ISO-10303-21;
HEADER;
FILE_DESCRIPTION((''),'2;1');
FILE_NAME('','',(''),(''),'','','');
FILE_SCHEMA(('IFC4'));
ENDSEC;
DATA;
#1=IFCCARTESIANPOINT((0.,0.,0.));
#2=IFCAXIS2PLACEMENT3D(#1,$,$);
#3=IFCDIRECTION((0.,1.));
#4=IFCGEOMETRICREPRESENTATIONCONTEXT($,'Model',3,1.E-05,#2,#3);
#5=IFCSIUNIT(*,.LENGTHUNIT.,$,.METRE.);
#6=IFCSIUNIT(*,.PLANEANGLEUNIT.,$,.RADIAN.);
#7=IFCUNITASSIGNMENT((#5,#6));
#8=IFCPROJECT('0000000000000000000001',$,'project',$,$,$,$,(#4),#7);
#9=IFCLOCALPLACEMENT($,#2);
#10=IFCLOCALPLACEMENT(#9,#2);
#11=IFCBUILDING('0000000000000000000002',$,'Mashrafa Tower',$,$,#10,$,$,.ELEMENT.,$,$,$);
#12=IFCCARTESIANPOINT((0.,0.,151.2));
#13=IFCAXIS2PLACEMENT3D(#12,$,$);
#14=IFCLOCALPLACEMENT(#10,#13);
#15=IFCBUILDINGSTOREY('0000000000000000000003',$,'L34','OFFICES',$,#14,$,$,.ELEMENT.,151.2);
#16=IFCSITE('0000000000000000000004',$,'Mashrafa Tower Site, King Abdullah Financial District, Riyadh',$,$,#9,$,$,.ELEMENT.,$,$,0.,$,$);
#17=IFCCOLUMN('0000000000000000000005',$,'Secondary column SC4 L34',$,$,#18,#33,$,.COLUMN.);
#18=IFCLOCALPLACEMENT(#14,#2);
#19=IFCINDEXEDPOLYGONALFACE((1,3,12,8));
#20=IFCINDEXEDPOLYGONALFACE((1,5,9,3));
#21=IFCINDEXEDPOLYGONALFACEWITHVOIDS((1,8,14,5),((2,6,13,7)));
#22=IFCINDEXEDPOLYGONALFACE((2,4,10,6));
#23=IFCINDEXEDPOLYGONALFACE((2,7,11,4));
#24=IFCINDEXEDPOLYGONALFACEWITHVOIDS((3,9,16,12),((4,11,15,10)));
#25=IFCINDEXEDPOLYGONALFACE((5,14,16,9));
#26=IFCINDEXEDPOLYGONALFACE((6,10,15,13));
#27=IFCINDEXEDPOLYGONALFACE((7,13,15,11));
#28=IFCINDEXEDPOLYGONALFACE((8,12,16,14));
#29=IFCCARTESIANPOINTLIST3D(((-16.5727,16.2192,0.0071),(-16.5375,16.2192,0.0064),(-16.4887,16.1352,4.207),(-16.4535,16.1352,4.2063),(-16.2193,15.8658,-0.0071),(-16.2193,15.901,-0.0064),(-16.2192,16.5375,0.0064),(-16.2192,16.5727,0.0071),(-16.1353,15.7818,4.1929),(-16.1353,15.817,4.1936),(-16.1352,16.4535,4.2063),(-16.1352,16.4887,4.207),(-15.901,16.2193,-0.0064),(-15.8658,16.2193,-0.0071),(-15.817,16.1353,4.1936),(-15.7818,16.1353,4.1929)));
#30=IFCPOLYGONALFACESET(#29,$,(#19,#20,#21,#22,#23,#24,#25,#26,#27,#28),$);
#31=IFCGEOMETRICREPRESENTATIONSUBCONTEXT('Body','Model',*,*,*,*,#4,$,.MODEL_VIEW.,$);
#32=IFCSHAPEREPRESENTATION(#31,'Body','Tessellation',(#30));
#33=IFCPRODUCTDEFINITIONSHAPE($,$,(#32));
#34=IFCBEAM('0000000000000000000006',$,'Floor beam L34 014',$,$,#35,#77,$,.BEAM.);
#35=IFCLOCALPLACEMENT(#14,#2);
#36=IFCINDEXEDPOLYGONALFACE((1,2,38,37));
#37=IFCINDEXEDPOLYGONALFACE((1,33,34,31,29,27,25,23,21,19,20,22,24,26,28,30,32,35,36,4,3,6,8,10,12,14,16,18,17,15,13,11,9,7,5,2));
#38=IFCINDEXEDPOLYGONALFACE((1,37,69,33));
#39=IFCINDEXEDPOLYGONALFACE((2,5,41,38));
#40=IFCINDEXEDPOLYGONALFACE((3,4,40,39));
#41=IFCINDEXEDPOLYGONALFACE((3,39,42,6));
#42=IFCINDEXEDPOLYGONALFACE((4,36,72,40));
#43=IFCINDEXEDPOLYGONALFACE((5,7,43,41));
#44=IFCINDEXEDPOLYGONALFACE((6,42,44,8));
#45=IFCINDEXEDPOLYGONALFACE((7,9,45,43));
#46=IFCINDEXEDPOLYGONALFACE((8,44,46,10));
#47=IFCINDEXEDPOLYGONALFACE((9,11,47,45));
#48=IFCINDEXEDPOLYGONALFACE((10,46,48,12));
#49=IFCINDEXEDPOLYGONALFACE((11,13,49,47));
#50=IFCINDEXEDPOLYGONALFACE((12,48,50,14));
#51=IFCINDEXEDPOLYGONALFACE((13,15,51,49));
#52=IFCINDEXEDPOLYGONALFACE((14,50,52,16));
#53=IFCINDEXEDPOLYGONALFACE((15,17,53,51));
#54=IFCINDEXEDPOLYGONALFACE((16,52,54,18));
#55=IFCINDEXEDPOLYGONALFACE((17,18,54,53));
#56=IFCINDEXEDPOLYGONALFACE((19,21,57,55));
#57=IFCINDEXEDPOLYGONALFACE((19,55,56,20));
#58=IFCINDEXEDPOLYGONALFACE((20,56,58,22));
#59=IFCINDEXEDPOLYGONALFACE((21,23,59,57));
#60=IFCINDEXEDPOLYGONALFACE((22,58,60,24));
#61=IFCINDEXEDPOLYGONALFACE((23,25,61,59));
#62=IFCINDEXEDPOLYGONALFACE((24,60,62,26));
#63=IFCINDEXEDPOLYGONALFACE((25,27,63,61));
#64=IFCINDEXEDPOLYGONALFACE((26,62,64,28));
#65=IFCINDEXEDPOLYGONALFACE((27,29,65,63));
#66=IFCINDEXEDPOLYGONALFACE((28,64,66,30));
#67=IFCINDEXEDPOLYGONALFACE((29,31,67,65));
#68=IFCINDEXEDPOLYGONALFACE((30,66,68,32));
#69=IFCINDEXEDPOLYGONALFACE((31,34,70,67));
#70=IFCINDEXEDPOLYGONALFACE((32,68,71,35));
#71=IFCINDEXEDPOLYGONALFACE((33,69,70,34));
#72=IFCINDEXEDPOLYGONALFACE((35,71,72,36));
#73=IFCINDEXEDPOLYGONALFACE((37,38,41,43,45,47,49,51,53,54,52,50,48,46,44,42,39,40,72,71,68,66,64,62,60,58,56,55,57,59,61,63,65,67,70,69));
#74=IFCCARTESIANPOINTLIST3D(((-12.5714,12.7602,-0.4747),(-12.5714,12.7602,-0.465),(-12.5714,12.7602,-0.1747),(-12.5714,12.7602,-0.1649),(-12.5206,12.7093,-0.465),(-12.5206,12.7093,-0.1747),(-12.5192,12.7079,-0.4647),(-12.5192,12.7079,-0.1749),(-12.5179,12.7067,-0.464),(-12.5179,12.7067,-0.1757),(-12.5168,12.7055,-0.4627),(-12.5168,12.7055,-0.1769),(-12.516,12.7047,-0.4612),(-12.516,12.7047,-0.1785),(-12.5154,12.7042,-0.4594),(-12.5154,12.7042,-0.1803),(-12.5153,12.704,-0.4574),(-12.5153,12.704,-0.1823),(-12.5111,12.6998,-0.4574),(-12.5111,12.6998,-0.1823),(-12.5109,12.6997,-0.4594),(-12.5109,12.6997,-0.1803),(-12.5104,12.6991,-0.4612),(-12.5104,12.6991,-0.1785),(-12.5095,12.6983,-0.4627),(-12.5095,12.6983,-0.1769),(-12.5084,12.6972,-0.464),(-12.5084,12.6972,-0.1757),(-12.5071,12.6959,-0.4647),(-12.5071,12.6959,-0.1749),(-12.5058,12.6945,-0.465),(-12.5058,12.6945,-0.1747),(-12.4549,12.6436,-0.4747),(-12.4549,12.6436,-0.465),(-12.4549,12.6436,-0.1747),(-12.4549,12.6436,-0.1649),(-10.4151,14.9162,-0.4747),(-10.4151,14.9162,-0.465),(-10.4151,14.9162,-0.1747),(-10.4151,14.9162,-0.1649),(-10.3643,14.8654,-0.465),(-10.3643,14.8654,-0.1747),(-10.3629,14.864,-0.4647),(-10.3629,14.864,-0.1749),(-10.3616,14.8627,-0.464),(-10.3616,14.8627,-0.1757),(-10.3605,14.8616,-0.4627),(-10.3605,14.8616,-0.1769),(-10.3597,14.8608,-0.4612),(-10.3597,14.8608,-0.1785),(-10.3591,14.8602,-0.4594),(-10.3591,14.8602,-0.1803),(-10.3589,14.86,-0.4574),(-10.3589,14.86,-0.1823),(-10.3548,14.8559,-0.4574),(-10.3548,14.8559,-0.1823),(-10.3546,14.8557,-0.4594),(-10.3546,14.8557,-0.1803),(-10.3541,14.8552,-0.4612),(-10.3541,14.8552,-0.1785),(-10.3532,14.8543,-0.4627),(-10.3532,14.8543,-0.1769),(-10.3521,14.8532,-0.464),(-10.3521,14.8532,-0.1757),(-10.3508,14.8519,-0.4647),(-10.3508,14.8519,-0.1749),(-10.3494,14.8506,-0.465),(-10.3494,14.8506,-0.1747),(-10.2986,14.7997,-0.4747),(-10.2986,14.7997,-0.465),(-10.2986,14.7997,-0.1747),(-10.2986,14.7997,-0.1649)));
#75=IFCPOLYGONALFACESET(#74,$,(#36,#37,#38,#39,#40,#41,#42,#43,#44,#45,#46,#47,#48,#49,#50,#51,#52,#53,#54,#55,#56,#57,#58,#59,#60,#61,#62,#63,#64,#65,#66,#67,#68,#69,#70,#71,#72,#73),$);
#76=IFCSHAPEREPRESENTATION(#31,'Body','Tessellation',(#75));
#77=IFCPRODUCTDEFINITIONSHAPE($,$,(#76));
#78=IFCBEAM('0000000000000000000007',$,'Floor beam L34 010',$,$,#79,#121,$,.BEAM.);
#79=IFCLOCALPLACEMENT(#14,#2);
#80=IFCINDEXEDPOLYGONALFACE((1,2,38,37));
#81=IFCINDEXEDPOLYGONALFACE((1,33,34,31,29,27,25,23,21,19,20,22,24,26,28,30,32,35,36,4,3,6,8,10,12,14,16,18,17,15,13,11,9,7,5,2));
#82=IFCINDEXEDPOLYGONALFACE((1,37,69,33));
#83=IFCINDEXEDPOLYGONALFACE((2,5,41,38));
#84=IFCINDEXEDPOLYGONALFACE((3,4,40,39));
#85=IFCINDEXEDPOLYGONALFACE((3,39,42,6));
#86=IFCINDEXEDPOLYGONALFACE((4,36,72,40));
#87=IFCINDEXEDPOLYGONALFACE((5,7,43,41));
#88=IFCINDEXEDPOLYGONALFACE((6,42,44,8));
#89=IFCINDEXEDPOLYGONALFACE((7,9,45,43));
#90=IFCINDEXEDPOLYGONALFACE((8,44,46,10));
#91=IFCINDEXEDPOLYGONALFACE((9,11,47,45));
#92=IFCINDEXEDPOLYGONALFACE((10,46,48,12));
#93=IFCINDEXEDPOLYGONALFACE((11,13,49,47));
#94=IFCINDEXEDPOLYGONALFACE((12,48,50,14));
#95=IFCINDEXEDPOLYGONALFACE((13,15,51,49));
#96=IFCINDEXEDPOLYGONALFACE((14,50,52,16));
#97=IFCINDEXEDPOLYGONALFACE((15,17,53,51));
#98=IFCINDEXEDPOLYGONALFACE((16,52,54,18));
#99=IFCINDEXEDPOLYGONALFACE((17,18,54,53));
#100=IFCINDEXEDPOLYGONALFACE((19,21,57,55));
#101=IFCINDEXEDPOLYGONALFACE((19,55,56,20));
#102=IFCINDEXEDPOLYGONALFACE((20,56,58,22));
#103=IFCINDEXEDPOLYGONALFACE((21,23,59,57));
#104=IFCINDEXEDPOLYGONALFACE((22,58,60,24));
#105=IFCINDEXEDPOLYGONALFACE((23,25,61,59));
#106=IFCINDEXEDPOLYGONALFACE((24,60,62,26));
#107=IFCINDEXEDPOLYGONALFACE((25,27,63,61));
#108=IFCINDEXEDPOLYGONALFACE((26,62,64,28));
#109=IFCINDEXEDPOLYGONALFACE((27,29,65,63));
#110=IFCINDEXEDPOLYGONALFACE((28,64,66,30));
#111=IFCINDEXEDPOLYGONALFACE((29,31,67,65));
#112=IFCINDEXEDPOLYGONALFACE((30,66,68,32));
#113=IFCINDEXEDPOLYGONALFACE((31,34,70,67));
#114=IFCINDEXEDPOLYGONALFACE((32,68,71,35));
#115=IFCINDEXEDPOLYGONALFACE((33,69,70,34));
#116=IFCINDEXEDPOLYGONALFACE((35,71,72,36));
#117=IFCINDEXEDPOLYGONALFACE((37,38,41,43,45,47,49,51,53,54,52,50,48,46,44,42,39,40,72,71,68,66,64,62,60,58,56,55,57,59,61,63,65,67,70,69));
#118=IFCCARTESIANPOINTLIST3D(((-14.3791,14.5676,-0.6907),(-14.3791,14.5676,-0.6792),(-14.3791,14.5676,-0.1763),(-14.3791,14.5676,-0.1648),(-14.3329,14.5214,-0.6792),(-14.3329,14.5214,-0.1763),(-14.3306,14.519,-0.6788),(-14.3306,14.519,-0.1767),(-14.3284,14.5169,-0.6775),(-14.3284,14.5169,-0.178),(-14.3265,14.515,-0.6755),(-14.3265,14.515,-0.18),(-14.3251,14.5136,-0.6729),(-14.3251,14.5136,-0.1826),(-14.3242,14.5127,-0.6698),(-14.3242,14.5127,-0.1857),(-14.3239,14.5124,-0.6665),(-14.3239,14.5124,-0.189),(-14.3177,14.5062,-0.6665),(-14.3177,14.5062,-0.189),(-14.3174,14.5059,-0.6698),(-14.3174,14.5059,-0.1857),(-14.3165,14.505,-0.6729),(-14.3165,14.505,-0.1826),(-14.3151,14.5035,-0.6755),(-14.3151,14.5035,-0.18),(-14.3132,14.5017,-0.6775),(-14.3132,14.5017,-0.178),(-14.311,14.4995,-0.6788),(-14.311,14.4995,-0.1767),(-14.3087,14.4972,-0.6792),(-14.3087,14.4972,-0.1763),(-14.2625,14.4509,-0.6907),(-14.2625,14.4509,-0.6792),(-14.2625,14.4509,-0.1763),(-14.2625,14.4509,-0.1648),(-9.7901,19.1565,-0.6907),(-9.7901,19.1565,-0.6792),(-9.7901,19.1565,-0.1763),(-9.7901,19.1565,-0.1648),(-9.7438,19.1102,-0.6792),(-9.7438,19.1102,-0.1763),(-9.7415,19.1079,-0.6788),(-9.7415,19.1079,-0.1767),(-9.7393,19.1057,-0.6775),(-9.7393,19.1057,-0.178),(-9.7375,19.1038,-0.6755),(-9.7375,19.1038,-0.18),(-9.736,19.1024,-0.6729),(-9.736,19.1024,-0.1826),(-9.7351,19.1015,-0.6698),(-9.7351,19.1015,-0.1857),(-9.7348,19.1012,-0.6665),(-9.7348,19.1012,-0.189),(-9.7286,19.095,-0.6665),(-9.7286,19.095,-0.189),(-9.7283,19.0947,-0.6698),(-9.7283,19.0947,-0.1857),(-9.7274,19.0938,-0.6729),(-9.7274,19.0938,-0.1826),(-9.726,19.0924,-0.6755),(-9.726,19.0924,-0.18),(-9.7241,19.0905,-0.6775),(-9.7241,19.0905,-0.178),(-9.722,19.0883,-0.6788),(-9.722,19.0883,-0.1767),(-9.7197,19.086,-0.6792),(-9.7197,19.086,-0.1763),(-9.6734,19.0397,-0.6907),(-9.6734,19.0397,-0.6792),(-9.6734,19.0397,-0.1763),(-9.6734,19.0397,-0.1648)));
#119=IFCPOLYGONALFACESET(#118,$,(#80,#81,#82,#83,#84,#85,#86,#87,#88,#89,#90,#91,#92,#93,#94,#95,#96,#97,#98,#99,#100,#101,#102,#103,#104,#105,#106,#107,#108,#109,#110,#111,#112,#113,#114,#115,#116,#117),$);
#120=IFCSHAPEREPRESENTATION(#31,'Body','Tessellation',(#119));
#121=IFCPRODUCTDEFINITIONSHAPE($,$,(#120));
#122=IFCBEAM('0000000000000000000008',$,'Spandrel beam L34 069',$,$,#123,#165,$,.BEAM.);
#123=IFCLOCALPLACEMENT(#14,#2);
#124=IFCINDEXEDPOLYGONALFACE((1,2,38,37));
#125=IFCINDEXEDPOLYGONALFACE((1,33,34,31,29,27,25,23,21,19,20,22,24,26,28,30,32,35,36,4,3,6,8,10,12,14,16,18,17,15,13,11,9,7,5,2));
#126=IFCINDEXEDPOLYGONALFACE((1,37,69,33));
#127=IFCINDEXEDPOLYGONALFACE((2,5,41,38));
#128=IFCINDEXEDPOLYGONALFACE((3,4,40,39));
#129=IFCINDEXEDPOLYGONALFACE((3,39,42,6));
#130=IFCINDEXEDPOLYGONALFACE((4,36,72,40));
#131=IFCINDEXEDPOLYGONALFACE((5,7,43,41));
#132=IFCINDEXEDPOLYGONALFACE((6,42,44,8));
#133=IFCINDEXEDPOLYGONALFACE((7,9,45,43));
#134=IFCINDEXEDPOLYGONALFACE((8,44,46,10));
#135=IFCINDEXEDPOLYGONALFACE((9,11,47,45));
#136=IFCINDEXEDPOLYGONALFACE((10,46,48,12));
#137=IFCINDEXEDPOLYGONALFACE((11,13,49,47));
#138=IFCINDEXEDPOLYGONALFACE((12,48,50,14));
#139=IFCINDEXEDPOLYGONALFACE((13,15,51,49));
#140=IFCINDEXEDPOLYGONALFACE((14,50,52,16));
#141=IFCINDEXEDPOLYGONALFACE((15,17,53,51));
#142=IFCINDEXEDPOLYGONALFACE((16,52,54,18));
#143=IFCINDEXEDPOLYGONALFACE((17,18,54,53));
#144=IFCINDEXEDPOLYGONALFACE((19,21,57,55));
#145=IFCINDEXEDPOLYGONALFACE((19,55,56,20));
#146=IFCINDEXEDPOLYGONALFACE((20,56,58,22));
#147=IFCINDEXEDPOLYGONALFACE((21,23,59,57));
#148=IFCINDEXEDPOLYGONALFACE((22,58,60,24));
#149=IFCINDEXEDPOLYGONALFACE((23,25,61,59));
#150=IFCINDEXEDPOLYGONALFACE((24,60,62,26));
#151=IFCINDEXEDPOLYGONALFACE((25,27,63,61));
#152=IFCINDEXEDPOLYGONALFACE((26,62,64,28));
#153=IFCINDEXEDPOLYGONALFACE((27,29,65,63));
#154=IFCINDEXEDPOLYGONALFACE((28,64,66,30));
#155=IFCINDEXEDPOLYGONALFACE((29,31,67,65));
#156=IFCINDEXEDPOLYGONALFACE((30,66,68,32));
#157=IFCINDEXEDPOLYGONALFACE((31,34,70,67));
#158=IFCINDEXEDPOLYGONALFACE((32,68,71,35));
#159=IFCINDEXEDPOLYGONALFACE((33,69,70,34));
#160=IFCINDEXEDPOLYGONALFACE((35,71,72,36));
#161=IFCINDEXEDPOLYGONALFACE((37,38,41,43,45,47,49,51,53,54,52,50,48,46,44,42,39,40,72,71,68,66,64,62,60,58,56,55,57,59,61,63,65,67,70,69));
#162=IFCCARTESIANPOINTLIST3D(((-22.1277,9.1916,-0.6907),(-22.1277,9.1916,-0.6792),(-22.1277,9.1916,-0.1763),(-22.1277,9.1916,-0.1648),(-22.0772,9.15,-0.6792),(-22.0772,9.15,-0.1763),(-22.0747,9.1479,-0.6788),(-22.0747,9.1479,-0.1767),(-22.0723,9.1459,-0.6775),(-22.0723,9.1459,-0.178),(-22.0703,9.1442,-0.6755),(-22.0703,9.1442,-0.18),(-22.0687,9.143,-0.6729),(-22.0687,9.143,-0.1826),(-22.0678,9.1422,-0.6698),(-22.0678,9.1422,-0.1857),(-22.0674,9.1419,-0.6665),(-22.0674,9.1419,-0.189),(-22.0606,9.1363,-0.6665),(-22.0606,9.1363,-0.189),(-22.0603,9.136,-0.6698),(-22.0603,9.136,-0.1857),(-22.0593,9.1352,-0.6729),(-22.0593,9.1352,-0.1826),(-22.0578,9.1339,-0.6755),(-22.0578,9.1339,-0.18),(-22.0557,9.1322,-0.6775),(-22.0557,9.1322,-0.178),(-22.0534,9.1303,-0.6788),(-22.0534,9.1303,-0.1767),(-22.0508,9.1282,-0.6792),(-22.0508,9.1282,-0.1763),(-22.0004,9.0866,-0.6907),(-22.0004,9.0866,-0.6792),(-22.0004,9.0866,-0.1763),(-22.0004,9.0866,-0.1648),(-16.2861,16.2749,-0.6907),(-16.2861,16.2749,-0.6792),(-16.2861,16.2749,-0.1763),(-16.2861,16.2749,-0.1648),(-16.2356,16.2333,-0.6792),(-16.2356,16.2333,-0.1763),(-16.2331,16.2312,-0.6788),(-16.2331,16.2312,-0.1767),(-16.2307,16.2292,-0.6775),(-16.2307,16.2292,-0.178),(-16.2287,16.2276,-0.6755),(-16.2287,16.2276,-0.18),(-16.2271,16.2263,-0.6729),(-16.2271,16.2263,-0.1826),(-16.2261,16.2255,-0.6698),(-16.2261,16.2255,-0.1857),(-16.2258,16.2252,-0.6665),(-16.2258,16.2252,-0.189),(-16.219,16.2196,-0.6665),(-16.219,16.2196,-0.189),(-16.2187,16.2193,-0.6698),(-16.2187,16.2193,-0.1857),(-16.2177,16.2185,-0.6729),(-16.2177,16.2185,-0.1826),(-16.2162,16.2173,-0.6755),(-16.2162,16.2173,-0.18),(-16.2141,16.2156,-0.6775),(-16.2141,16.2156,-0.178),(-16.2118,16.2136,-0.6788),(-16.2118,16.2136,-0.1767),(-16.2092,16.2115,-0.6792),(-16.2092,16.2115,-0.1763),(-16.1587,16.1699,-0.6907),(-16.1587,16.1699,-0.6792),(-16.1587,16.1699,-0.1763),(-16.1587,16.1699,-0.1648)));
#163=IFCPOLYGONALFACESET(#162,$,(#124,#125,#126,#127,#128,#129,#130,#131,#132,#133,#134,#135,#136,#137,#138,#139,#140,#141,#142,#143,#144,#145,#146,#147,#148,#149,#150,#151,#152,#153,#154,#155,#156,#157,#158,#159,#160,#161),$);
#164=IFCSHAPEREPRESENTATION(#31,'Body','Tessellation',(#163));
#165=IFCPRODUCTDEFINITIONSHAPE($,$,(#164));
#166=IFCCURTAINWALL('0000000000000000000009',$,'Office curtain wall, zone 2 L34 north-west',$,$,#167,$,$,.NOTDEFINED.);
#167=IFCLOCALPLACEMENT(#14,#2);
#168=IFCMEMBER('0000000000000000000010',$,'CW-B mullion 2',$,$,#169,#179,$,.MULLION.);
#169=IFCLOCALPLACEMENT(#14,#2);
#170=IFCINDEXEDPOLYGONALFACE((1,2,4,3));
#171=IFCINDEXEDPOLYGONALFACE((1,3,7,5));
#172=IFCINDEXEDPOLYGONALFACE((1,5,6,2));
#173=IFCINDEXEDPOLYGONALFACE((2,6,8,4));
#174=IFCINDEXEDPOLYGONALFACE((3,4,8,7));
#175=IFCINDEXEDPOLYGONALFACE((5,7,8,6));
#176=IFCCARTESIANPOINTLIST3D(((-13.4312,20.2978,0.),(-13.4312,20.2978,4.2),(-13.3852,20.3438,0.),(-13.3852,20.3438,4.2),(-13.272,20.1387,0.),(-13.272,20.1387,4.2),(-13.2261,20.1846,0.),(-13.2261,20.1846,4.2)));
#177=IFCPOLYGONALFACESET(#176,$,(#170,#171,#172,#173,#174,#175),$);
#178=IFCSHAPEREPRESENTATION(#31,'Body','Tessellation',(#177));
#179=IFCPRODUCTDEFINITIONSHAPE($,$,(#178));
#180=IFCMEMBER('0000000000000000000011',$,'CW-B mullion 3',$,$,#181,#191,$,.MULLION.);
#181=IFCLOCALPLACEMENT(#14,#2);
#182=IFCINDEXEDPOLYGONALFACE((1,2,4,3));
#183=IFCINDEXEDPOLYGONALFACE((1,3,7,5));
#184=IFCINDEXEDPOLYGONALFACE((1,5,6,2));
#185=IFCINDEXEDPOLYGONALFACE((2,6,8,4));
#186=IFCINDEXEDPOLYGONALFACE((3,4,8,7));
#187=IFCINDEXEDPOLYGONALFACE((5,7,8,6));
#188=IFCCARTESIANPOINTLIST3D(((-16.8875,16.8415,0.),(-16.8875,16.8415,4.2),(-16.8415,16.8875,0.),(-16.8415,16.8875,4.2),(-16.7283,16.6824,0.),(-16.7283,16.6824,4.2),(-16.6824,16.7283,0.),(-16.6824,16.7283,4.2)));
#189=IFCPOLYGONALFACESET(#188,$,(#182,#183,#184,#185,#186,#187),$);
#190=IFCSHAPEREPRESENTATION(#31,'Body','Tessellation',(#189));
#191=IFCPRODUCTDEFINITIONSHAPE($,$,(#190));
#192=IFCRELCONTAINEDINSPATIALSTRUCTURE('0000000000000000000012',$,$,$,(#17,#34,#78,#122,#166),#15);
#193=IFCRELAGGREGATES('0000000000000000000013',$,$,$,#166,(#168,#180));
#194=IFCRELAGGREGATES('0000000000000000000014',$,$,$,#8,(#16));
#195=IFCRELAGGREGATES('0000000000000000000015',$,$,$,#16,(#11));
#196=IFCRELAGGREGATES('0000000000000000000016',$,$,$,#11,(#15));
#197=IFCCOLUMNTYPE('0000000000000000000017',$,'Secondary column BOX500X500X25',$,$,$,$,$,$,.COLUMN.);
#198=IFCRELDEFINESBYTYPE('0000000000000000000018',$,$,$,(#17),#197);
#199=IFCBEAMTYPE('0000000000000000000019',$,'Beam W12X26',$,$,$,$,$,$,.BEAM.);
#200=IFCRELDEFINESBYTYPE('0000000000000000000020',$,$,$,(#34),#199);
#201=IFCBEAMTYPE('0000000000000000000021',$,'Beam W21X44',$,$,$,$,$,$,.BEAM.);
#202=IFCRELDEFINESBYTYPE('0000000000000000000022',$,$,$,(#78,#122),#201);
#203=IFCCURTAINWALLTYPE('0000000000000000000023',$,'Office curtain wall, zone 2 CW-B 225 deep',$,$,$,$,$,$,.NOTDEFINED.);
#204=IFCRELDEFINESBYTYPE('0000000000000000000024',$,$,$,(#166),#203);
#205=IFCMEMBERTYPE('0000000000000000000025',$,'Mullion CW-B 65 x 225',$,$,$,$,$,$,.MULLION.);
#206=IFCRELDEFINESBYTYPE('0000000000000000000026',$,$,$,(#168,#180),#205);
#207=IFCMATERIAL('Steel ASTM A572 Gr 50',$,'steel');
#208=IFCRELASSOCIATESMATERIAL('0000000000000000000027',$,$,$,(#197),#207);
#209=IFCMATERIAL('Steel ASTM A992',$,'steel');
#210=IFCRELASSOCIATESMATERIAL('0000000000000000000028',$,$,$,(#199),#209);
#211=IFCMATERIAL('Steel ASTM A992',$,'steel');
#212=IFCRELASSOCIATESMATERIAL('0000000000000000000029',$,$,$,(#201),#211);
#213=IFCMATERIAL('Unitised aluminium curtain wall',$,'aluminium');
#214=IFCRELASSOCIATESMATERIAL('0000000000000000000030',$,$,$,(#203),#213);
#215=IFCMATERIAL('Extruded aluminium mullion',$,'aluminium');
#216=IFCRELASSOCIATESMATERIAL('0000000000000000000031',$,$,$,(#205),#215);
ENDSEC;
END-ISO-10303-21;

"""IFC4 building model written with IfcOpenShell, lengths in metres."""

from ifc_helpers import new_model, si_unit, direction, frame, origin, origin_2d, place, context, subcontext, project, spatial, rectangle, hollow_rectangle, i_section, extrude, source, transform, mapped, material, material_profile, profile_set, type_object, type_shapes, element, aggregate, save


model = new_model("IFC4")

# Units and contexts
model_context = context("Model", 3, precision=1e-05, world=origin(), true_north=direction((0.0, 1.0)))
body_context = subcontext(model_context, "Body", "Model", "MODEL_VIEW")
ifc_project = project(units=[si_unit("LENGTHUNIT", "METRE"), si_unit("PLANEANGLEUNIT", "RADIAN")], contexts=[model_context])

# Site, building, storey
site_placement = place(None, origin())
site = spatial("IfcSite", under=ifc_project, at=site_placement, Name="Mashrafa Tower Site, King Abdullah Financial District, Riyadh", CompositionType="ELEMENT", RefElevation=0.0)
building_placement = place(site_placement, origin())
building = spatial("IfcBuilding", under=site, at=building_placement, Name="Mashrafa Tower", CompositionType="ELEMENT")
storey_placement = place(building_placement, frame((0.0, 0.0, 151.2)))
storey = spatial("IfcBuildingStorey", under=building, at=storey_placement, Name="L34", Description="OFFICES", CompositionType="ELEMENT", Elevation=151.2)

# Column
ifc_material_1 = material(Name="Steel ASTM A572 Gr 50", Category="steel")
ifc_material_profile_1 = material_profile(ifc_material_1, hollow_rectangle(XDim=0.5, YDim=0.5, WallThickness=0.0249, at=origin_2d()), Name="BOX500X500X25")
ifc_profile_set_1 = profile_set([ifc_material_profile_1], Name="Steel ASTM A572 Gr 50")
column_type = type_object("IfcColumnType", Name="Secondary column BOX500X500X25", PredefinedType="COLUMN", material=ifc_profile_set_1)
column_placement = place(storey_placement, frame((-16.2192, 16.2192, 0.0), z_axis=(0.019989, -0.019989, 0.9996), x_axis=(0.707107, 0.707107, 0.0)))
element("IfcColumn", 1, at=column_placement, inside=storey, type_object=column_type, Name="Secondary column SC4 L34", PredefinedType="COLUMN", context=body_context, shape_type="SweptSolid", body=[
    extrude(hollow_rectangle(XDim=0.5, YDim=0.5, WallThickness=0.0249, at=origin_2d()), origin(), (0.0, 0.0, 1.0), 4.2017),
])

# Beams
ifc_material_2 = material(Name="Steel ASTM A992", Category="steel")
ifc_material_profile_2 = material_profile(ifc_material_2, i_section(OverallWidth=0.1648, OverallDepth=0.3098, WebThickness=0.0059, FlangeThickness=0.0098, FilletRadius=0.0076, at=origin_2d()), Name="W12X26")
ifc_profile_set_2 = profile_set([ifc_material_profile_2], Name="Steel ASTM A992")
beam_type_1 = type_object("IfcBeamType", Name="Beam W12X26", PredefinedType="BEAM", material=ifc_profile_set_2)
beam_1_placement = place(storey_placement, frame((-12.5132, 12.7019, -0.3198), z_axis=(0.707147, 0.707067, 0.0), x_axis=(-0.707067, 0.707147, 0.0)))
element("IfcBeam", 2, at=beam_1_placement, inside=storey, type_object=beam_type_1, Name="Floor beam L34 014", PredefinedType="BEAM", context=body_context, shape_type="SweptSolid", body=[
    extrude(i_section(OverallWidth=0.1648, OverallDepth=0.3098, WebThickness=0.0059, FlangeThickness=0.0098, FilletRadius=0.0076, at=origin_2d()), origin(), (0.0, 0.0, 1.0), 3.0493),
])
ifc_material_3 = material(Name="Steel ASTM A992", Category="steel")
ifc_material_profile_3 = material_profile(ifc_material_3, i_section(OverallWidth=0.165, OverallDepth=0.5259, WebThickness=0.0088, FlangeThickness=0.0115, FilletRadius=0.0127, at=origin_2d()), Name="W21X44")
ifc_profile_set_3 = profile_set([ifc_material_profile_3], Name="Steel ASTM A992")
beam_type_2 = type_object("IfcBeamType", Name="Beam W21X44", PredefinedType="BEAM", material=ifc_profile_set_3)
beam_2_placement = place(storey_placement, frame((-14.3208, 14.5093, -0.4277), z_axis=(0.707126, 0.707088, 0.0), x_axis=(-0.707088, 0.707126, 0.0)))
element("IfcBeam", 3, at=beam_2_placement, inside=storey, type_object=beam_type_2, Name="Floor beam L34 010", PredefinedType="BEAM", context=body_context, shape_type="SweptSolid", body=[
    extrude(i_section(OverallWidth=0.165, OverallDepth=0.5259, WebThickness=0.0088, FlangeThickness=0.0115, FilletRadius=0.0127, at=origin_2d()), origin(), (0.0, 0.0, 1.0), 6.4897),
])
beam_3_placement = place(storey_placement, frame((-16.2224, 16.2224, -0.4277), z_axis=(-0.636245, -0.771487, 0.0), x_axis=(0.771487, -0.636245, 0.0)))
element("IfcBeam", 4, at=beam_3_placement, inside=storey, type_object=beam_type_2, Name="Spandrel beam L34 069", PredefinedType="BEAM", context=body_context, shape_type="SweptSolid", body=[
    extrude(i_section(OverallWidth=0.165, OverallDepth=0.5259, WebThickness=0.0088, FlangeThickness=0.0115, FilletRadius=0.0127, at=origin_2d()), origin(), (0.0, 0.0, 1.0), 9.1814),
])

# Curtain wall, members
ifc_material_4 = material(Name="Unitised aluminium curtain wall", Category="aluminium")
curtain_wall_type = type_object("IfcCurtainWallType", Name="Office curtain wall, zone 2 CW-B 225 deep", PredefinedType="NOTDEFINED", material=ifc_material_4)
curtain_wall_placement = place(storey_placement, origin())
curtain_wall = element("IfcCurtainWall", 5, at=curtain_wall_placement, inside=storey, type_object=curtain_wall_type, Name="Office curtain wall, zone 2 L34 north-west", PredefinedType="NOTDEFINED")
ifc_material_5 = material(Name="Extruded aluminium mullion", Category="aluminium")
ifc_material_profile_4 = material_profile(ifc_material_5, rectangle(XDim=0.2251, YDim=0.0649, at=origin_2d()), Name="Mullion 65x225")
ifc_profile_set_4 = profile_set([ifc_material_profile_4], Name="Extruded aluminium mullion")
member_type_1 = type_object("IfcMemberType", Name="Mullion CW-B 65 x 225", PredefinedType="MULLION", material=ifc_profile_set_4)
shared_shape_1 = source(origin(), body_context, "Body", "SweptSolid", [
    extrude(rectangle(XDim=0.2251, YDim=0.0649, at=origin_2d()), origin(), (0.0, 0.0, 1.0), 4.2),
])
type_shapes(member_type_1, [shared_shape_1])
member_1_placement = place(storey_placement, frame((-13.3286, 20.2412, 0.0), z_axis=(0.0, 0.0, 1.0), x_axis=(0.707107, -0.707107, 0.0)))
member_1 = element("IfcMember", 6, at=member_1_placement, type_object=member_type_1, Name="CW-B mullion 2", PredefinedType="MULLION", context=body_context, shape_type="MappedRepresentation", body=[
    mapped(shared_shape_1, transform((0.0, 0.0, 0.0))),
])
member_2_placement = place(storey_placement, frame((-16.7849, 16.7849, 0.0), z_axis=(0.0, 0.0, 1.0), x_axis=(0.707107, -0.707107, 0.0)))
member_2 = element("IfcMember", 7, at=member_2_placement, type_object=member_type_1, Name="CW-B mullion 3", PredefinedType="MULLION", context=body_context, shape_type="MappedRepresentation", body=[
    mapped(shared_shape_1, transform((0.0, 0.0, 0.0))),
])
aggregate(curtain_wall, [member_1, member_2])

save(model, "model.ifc")
